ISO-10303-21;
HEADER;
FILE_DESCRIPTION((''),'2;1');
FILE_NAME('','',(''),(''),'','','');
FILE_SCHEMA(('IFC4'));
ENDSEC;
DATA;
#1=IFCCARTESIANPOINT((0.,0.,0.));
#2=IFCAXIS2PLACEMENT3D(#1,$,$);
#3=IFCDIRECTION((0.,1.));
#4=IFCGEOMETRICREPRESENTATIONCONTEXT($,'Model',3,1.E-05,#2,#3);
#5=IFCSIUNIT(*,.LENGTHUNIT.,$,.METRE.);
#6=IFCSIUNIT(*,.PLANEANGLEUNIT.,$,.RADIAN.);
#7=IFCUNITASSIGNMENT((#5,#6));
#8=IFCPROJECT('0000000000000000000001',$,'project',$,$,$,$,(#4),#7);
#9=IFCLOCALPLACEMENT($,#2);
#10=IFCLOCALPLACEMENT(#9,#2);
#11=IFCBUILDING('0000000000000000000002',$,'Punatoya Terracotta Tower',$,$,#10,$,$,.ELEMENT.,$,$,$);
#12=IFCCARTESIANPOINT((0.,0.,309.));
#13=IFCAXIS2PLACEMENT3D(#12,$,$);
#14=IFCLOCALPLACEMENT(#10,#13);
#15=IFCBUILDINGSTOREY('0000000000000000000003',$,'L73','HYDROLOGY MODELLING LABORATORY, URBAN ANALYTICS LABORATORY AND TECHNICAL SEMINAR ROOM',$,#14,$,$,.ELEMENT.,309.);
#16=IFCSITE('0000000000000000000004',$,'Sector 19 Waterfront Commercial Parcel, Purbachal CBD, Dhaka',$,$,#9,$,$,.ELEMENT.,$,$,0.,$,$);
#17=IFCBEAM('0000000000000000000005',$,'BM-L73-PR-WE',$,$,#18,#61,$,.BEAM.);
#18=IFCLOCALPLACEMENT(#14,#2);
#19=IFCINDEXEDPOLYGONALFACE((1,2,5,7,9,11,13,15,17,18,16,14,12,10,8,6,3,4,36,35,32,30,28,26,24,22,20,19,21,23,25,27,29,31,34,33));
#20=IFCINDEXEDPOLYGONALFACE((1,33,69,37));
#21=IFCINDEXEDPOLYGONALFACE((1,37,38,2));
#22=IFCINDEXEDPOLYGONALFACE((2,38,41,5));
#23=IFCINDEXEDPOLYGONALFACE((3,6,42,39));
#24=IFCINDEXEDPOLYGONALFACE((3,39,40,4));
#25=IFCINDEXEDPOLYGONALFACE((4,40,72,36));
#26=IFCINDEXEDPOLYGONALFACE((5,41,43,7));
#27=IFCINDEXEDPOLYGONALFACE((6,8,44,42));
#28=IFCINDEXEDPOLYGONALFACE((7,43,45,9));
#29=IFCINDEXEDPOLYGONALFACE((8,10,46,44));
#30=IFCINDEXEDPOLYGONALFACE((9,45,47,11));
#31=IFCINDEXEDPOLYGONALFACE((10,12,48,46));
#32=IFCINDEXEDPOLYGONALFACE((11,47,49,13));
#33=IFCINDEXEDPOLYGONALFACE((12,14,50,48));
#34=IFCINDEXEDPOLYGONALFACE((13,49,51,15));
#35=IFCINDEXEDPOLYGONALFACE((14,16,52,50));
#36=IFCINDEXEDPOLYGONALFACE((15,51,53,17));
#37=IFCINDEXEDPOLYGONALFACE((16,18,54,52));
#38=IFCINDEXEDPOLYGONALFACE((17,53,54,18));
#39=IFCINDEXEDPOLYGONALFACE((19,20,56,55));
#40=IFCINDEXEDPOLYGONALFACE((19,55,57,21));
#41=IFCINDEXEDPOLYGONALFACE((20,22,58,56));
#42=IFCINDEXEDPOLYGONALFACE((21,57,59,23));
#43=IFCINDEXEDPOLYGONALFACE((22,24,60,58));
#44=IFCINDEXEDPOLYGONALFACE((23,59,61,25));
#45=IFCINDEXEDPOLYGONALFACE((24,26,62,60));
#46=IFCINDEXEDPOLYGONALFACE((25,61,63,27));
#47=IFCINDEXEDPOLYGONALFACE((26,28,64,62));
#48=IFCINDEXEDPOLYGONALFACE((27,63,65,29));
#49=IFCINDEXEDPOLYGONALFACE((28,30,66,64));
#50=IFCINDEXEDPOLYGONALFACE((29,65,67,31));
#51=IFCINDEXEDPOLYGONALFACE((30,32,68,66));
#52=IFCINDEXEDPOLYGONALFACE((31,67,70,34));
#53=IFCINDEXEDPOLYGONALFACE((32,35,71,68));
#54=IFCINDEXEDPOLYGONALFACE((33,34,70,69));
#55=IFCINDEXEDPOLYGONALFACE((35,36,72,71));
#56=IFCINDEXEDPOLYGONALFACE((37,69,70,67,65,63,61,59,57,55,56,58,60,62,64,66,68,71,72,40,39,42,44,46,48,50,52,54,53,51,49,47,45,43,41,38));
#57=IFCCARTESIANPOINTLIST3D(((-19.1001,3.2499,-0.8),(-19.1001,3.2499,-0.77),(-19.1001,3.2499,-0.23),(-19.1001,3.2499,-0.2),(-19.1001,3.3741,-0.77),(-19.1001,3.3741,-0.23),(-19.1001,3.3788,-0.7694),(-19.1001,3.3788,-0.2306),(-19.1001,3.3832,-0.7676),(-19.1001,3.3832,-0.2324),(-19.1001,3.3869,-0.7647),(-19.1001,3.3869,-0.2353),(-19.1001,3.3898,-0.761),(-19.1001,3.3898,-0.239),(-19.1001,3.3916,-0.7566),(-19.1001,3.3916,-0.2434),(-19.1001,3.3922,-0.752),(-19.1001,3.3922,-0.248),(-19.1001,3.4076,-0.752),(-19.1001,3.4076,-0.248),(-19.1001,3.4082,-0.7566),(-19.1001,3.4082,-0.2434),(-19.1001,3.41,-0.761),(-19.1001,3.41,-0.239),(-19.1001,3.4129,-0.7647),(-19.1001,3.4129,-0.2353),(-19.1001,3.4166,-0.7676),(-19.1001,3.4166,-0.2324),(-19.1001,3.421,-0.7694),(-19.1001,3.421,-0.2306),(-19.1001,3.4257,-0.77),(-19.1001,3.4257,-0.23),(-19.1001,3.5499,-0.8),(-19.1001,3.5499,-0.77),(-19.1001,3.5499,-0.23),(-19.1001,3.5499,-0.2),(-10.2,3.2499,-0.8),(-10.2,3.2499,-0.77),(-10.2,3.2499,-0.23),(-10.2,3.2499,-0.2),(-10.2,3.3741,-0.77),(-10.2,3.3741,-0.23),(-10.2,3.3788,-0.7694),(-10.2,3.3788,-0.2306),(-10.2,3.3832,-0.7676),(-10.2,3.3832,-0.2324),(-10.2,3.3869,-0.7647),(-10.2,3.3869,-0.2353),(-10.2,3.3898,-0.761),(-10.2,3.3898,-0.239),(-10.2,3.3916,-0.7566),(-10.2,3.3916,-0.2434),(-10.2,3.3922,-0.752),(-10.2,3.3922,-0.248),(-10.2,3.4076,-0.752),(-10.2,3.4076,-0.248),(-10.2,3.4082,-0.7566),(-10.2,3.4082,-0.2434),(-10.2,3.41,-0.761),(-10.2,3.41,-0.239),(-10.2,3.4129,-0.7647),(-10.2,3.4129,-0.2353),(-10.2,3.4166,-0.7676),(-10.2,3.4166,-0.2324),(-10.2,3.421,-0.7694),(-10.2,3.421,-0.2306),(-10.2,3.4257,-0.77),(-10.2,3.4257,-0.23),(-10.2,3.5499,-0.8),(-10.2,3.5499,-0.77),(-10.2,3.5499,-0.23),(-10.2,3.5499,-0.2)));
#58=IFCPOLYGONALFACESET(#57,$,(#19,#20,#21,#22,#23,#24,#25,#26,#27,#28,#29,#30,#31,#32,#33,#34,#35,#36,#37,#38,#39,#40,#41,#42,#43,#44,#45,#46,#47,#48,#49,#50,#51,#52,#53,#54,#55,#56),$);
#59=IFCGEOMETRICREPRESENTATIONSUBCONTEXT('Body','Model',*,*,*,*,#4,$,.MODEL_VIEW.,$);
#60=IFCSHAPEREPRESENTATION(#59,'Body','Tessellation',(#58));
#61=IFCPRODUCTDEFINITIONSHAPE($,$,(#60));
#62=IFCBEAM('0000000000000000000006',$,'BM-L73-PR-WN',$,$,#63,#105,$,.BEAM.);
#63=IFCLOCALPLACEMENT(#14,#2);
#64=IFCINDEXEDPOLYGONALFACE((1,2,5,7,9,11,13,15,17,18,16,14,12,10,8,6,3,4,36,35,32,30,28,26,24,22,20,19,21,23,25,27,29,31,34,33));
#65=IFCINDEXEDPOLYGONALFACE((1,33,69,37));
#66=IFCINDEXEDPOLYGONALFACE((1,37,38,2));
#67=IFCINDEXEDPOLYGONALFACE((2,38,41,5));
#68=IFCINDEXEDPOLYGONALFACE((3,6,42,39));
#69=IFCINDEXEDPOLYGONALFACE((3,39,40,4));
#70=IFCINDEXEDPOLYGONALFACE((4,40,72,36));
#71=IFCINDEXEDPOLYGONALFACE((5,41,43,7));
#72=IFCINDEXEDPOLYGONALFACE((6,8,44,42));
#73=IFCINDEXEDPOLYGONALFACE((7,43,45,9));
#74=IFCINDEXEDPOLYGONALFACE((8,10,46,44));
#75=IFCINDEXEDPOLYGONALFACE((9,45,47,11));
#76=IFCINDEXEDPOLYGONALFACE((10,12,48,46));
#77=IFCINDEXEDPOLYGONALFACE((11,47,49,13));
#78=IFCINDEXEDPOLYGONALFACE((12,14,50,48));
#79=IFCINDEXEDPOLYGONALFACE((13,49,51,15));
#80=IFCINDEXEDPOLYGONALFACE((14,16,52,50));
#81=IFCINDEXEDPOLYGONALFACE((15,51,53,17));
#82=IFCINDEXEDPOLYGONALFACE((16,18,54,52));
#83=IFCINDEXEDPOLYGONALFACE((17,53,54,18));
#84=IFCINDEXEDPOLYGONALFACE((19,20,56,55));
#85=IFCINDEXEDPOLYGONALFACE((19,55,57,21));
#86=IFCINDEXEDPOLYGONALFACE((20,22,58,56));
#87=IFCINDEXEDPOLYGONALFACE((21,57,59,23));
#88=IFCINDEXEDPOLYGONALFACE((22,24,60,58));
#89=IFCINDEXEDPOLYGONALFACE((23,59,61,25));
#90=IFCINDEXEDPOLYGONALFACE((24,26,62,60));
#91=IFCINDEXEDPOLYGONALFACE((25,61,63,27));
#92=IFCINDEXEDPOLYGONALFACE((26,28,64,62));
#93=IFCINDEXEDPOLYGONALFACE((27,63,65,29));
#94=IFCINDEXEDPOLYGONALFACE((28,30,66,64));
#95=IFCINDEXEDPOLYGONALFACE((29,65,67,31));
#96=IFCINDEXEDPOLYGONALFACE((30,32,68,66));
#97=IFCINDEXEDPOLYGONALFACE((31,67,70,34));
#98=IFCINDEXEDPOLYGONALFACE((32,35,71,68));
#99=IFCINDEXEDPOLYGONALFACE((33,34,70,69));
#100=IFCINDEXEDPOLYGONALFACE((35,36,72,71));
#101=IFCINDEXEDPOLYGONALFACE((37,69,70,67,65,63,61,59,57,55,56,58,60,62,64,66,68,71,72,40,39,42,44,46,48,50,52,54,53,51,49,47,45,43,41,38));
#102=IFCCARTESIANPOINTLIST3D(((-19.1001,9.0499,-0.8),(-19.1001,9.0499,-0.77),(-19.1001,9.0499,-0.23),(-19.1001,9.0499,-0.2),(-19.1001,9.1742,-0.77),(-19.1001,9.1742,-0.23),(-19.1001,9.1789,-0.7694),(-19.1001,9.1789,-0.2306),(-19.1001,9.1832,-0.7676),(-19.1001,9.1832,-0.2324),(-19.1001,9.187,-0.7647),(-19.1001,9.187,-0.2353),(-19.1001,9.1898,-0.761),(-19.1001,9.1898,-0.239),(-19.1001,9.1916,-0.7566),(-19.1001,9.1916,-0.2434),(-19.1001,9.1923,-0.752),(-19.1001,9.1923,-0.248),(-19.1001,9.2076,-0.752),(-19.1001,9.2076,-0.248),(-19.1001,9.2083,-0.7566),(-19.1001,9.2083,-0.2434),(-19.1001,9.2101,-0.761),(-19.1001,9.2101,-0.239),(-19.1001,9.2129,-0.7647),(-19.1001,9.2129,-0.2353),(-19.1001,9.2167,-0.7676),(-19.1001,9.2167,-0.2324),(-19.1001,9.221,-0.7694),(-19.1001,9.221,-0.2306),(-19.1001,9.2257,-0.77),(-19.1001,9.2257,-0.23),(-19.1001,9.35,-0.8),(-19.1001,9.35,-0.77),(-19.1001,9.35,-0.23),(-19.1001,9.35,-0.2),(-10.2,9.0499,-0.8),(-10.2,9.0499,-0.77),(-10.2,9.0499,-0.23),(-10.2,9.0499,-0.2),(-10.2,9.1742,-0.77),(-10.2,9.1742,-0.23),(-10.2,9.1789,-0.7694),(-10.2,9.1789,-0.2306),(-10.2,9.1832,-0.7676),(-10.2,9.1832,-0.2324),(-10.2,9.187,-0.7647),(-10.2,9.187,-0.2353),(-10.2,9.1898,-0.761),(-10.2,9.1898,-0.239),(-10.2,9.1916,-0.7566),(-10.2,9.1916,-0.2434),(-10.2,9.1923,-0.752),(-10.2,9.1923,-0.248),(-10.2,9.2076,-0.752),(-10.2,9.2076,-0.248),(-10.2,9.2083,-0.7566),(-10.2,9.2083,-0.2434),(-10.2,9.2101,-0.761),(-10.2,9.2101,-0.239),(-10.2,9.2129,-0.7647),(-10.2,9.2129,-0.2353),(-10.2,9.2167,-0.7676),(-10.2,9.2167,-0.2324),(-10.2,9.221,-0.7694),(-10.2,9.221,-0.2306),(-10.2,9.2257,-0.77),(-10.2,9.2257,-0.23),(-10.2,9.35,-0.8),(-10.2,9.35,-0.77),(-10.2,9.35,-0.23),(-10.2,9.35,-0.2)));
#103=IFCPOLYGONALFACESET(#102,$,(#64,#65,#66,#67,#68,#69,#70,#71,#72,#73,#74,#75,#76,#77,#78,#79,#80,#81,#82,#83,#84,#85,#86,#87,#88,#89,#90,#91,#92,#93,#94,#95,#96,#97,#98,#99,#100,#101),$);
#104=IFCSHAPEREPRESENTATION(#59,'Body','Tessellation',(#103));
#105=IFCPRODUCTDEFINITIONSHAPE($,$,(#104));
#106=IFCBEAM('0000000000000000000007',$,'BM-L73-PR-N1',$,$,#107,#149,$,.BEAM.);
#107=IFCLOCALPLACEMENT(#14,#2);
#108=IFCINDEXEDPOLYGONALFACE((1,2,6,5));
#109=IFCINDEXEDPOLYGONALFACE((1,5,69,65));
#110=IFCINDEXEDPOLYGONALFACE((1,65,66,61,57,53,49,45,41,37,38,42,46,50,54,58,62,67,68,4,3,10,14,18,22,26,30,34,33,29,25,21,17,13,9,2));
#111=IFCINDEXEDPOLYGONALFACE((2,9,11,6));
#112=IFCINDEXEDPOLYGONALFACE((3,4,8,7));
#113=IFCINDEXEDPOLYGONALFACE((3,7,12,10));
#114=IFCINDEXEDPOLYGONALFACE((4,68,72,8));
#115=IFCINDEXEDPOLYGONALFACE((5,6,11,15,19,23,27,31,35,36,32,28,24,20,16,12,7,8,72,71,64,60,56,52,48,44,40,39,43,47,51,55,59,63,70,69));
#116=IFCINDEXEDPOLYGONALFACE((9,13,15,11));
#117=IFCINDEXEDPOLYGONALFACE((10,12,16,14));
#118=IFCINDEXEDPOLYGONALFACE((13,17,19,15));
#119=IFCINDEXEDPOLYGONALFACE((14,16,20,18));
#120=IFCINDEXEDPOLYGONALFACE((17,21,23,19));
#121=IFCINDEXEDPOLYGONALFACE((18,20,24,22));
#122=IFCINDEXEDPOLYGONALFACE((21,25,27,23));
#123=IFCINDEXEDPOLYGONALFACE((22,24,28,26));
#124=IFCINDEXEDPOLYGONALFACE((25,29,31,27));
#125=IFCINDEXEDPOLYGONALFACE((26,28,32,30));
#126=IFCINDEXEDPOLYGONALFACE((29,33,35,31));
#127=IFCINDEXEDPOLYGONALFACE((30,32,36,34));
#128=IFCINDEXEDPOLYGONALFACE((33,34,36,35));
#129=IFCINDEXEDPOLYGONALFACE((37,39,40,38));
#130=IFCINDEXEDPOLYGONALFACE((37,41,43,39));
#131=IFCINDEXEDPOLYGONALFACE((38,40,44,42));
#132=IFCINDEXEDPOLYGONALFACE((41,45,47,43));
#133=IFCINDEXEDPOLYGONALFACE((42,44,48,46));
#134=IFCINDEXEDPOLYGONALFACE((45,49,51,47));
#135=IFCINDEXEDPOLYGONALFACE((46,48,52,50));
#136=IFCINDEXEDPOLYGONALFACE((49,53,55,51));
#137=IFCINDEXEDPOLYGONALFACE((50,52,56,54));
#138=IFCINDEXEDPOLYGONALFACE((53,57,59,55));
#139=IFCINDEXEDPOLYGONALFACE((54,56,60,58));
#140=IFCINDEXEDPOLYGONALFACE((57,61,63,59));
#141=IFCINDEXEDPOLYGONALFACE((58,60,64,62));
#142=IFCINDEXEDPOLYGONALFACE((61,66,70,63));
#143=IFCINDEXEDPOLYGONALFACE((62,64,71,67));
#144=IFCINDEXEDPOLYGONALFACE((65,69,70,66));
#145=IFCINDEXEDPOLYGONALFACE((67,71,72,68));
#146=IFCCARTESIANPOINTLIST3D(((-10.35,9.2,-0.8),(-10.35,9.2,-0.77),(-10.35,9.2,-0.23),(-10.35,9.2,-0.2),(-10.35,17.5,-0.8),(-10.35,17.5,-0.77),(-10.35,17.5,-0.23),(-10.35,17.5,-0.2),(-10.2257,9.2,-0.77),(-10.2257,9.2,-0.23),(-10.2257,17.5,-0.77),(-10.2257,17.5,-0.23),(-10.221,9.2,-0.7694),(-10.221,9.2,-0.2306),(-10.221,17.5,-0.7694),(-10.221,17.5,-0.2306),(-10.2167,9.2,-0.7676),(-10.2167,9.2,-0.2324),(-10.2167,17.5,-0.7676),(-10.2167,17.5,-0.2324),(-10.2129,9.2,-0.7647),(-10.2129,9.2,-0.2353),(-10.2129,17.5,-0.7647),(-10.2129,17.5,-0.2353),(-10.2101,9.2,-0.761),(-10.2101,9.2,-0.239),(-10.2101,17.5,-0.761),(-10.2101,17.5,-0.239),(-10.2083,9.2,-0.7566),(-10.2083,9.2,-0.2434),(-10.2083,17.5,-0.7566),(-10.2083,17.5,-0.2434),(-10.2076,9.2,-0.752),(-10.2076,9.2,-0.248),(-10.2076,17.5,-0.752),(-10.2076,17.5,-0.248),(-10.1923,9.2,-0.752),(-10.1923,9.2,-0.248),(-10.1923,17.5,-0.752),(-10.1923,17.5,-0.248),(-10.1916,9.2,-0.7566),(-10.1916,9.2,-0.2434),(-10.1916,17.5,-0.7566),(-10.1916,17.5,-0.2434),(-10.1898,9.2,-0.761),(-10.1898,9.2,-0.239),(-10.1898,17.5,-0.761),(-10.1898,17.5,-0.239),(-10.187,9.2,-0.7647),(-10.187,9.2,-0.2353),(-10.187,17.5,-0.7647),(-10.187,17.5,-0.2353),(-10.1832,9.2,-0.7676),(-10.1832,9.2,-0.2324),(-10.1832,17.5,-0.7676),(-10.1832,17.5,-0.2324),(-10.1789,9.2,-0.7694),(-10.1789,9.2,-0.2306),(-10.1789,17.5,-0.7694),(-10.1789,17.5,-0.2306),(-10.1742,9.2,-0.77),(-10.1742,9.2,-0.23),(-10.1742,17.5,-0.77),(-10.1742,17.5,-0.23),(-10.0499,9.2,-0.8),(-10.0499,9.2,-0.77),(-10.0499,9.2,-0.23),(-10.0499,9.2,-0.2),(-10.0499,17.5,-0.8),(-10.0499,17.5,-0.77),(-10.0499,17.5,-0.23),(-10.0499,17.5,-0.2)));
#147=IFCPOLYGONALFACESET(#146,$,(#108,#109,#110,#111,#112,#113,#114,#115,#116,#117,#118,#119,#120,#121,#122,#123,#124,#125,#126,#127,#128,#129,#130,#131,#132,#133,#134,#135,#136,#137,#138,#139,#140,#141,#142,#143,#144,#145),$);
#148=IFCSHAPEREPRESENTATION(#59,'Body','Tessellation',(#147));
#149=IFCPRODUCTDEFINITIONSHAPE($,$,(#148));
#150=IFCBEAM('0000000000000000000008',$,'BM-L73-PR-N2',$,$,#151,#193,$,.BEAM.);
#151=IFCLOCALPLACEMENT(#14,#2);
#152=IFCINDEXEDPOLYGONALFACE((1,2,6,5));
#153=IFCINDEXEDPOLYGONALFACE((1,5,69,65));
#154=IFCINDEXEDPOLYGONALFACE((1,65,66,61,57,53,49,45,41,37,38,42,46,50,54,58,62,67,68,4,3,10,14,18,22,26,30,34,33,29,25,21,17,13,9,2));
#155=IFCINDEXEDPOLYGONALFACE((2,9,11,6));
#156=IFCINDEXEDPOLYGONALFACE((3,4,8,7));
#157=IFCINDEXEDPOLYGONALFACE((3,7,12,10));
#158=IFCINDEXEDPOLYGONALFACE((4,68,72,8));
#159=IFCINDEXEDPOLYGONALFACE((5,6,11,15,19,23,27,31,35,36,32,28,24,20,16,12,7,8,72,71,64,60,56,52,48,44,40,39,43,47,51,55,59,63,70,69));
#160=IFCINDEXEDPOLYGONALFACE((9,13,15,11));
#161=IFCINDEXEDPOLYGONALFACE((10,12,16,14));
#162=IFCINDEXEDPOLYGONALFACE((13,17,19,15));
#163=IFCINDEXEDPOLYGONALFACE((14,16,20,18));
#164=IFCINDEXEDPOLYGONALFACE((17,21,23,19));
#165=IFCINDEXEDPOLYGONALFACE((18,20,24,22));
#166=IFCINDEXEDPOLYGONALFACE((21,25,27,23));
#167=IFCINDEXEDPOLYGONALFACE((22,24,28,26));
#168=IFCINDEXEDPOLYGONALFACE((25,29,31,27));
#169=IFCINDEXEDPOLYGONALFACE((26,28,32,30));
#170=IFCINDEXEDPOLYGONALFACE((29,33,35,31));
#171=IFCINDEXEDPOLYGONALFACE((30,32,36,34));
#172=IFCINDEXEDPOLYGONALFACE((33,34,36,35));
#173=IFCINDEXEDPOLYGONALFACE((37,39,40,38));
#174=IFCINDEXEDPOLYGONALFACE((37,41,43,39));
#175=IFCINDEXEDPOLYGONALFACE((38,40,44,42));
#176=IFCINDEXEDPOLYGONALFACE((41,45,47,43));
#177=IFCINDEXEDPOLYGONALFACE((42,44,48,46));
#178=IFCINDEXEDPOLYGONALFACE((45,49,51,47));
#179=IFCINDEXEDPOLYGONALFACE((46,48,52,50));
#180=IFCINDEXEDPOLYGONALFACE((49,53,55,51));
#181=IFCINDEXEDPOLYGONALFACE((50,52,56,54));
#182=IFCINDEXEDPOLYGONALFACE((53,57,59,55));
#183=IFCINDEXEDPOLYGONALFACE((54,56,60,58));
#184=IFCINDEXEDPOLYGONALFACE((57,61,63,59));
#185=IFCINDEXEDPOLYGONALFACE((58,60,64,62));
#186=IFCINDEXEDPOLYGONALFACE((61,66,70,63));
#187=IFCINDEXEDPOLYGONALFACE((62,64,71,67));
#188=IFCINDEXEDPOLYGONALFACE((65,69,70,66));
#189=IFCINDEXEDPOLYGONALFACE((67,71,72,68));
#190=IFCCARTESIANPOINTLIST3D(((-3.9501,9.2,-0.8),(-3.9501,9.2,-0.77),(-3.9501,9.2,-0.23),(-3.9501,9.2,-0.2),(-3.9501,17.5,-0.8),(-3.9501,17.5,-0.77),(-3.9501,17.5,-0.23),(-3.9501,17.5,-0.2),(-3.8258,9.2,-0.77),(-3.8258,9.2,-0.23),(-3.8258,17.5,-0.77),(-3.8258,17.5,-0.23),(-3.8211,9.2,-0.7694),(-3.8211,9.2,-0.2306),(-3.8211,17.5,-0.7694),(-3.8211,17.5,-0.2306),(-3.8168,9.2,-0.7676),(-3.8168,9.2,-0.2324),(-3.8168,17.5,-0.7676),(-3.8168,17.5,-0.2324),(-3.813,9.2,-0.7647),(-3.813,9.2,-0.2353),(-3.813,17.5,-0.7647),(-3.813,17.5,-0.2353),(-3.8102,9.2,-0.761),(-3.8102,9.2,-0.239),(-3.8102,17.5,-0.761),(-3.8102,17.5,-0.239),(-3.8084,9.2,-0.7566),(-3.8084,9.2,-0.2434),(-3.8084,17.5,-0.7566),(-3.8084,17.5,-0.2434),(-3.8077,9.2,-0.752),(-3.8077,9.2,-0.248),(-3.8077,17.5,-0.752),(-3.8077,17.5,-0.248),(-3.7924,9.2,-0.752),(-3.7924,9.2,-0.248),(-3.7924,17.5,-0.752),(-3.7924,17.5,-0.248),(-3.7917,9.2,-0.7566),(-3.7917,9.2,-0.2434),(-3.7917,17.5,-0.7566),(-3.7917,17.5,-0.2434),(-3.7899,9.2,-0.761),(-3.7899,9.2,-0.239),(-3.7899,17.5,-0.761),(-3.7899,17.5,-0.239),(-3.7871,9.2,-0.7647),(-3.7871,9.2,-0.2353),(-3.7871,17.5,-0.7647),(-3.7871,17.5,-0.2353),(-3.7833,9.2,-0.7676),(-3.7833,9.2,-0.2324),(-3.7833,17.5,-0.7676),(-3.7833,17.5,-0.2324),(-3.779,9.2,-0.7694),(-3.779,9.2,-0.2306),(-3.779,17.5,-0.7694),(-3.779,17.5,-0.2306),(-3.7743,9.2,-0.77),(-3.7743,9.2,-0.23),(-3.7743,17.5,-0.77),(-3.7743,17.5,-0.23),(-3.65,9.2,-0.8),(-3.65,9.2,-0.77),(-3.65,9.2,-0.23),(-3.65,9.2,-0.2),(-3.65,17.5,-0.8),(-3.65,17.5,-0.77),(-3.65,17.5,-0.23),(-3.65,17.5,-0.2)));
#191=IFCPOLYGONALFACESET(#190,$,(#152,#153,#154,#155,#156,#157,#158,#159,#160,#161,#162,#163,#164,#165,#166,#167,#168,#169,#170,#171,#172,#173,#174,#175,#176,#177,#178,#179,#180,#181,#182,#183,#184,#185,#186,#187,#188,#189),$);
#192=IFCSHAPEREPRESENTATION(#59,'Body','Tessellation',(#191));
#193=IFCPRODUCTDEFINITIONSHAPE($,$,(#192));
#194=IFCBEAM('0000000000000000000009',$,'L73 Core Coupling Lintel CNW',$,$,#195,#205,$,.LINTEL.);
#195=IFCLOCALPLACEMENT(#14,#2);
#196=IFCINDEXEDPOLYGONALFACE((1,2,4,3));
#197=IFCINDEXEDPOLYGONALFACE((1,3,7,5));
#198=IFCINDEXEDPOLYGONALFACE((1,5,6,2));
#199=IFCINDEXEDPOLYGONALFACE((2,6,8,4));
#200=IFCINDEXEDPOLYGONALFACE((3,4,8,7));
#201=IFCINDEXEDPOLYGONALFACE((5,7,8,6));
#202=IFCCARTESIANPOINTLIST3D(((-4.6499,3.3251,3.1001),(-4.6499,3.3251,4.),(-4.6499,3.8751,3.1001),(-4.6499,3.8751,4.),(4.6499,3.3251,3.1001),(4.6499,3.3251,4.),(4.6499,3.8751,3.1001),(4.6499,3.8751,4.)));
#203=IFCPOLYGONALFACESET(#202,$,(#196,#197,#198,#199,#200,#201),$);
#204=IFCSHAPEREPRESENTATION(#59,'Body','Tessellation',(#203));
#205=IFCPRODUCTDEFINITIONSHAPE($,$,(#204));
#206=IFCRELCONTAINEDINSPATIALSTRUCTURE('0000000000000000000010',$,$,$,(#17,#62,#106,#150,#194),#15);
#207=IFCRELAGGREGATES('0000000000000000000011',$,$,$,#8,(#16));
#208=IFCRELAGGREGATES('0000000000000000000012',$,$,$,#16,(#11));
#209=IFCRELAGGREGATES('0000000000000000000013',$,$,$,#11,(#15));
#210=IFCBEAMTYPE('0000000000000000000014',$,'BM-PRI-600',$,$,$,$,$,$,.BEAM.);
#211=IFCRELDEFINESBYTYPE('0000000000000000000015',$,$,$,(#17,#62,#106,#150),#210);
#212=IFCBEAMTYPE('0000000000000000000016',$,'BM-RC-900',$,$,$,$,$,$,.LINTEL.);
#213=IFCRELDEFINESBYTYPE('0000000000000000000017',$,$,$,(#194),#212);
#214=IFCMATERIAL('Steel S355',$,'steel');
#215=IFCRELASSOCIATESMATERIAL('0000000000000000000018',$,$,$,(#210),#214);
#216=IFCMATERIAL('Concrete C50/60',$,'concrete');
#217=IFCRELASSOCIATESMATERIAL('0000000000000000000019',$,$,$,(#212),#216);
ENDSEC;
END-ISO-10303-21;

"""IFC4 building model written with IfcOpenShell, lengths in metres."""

from ifc_helpers import new_model, si_unit, direction, frame, origin, origin_2d, place, context, subcontext, project, spatial, rectangle, i_section, extrude, material, material_profile, profile_set, type_object, element, save


model = new_model("IFC4")

# Units and contexts
model_context = context("Model", 3, precision=1e-05, world=origin(), true_north=direction((0.0, 1.0)))
body_context = subcontext(model_context, "Body", "Model", "MODEL_VIEW")
ifc_project = project(units=[si_unit("LENGTHUNIT", "METRE"), si_unit("PLANEANGLEUNIT", "RADIAN")], contexts=[model_context])

# Site, building, storey
site_placement = place(None, origin())
site = spatial("IfcSite", under=ifc_project, at=site_placement, Name="Sector 19 Waterfront Commercial Parcel, Purbachal CBD, Dhaka", CompositionType="ELEMENT", RefElevation=0.0)
building_placement = place(site_placement, origin())
building = spatial("IfcBuilding", under=site, at=building_placement, Name="Punatoya Terracotta Tower", CompositionType="ELEMENT")
storey_placement = place(building_placement, frame((0.0, 0.0, 309.0)))
storey = spatial("IfcBuildingStorey", under=building, at=storey_placement, Name="L73", Description="HYDROLOGY MODELLING LABORATORY, URBAN ANALYTICS LABORATORY AND TECHNICAL SEMINAR ROOM", CompositionType="ELEMENT", Elevation=309.0)

# Beams
ifc_material_1 = material(Name="Steel S355", Category="steel")
ifc_material_profile_1 = material_profile(ifc_material_1, i_section(OverallWidth=0.3, OverallDepth=0.6001, WebThickness=0.0154, FlangeThickness=0.03, FilletRadius=0.0181, at=origin_2d()))
ifc_profile_set_1 = profile_set([ifc_material_profile_1], Name="Steel S355")
beam_type_1 = type_object("IfcBeamType", Name="BM-PRI-600", PredefinedType="BEAM", material=ifc_profile_set_1)
for number, where, z_axis, x_axis, name in (
    (1, (-19.1001, 3.3999, -0.5), (1.0, 0.0, 0.0), (0.0, 1.0, 0.0), "BM-L73-PR-WE"),
    (2, (-19.1001, 9.2, -0.5), (1.0, 0.0, 0.0), (0.0, 1.0, 0.0), "BM-L73-PR-WN"),
):
    element("IfcBeam", number, at=place(storey_placement, frame(where, z_axis=z_axis, x_axis=x_axis)), inside=storey, type_object=beam_type_1, Name=name, PredefinedType="BEAM", context=body_context, shape_type="SweptSolid", body=[
        extrude(i_section(OverallWidth=0.3, OverallDepth=0.6001, WebThickness=0.0154, FlangeThickness=0.03, FilletRadius=0.0181, at=origin_2d()), origin(), (0.0, 0.0, 1.0), 8.9001),
    ])
for number, where, z_axis, x_axis, name in (
    (3, (-10.2, 9.2, -0.5), (0.0, 1.0, 0.0), (-1.0, 0.0, 0.0), "BM-L73-PR-N1"),
    (4, (-3.8, 9.2, -0.5), (0.0, 1.0, 0.0), (-1.0, 0.0, 0.0), "BM-L73-PR-N2"),
):
    element("IfcBeam", number, at=place(storey_placement, frame(where, z_axis=z_axis, x_axis=x_axis)), inside=storey, type_object=beam_type_1, Name=name, PredefinedType="BEAM", context=body_context, shape_type="SweptSolid", body=[
        extrude(i_section(OverallWidth=0.3, OverallDepth=0.6001, WebThickness=0.0154, FlangeThickness=0.03, FilletRadius=0.0181, at=origin_2d()), origin(), (0.0, 0.0, 1.0), 8.3),
    ])
ifc_material_2 = material(Name="Concrete C50/60", Category="concrete")
ifc_material_profile_2 = material_profile(ifc_material_2, rectangle(XDim=0.55, YDim=0.8999, at=origin_2d()))
ifc_profile_set_2 = profile_set([ifc_material_profile_2], Name="Concrete C50/60")
beam_type_2 = type_object("IfcBeamType", Name="BM-RC-900", PredefinedType="LINTEL", material=ifc_profile_set_2)
beam_1_placement = place(storey_placement, frame((-4.6499, 3.6001, 3.55), z_axis=(1.0, 0.0, 0.0), x_axis=(0.0, 1.0, 0.0)))
element("IfcBeam", 5, at=beam_1_placement, inside=storey, type_object=beam_type_2, Name="L73 Core Coupling Lintel CNW", PredefinedType="LINTEL", context=body_context, shape_type="SweptSolid", body=[
    extrude(rectangle(XDim=0.55, YDim=0.8999, at=origin_2d()), origin(), (0.0, 0.0, 1.0), 9.2998),
])

save(model, "model.ifc")
